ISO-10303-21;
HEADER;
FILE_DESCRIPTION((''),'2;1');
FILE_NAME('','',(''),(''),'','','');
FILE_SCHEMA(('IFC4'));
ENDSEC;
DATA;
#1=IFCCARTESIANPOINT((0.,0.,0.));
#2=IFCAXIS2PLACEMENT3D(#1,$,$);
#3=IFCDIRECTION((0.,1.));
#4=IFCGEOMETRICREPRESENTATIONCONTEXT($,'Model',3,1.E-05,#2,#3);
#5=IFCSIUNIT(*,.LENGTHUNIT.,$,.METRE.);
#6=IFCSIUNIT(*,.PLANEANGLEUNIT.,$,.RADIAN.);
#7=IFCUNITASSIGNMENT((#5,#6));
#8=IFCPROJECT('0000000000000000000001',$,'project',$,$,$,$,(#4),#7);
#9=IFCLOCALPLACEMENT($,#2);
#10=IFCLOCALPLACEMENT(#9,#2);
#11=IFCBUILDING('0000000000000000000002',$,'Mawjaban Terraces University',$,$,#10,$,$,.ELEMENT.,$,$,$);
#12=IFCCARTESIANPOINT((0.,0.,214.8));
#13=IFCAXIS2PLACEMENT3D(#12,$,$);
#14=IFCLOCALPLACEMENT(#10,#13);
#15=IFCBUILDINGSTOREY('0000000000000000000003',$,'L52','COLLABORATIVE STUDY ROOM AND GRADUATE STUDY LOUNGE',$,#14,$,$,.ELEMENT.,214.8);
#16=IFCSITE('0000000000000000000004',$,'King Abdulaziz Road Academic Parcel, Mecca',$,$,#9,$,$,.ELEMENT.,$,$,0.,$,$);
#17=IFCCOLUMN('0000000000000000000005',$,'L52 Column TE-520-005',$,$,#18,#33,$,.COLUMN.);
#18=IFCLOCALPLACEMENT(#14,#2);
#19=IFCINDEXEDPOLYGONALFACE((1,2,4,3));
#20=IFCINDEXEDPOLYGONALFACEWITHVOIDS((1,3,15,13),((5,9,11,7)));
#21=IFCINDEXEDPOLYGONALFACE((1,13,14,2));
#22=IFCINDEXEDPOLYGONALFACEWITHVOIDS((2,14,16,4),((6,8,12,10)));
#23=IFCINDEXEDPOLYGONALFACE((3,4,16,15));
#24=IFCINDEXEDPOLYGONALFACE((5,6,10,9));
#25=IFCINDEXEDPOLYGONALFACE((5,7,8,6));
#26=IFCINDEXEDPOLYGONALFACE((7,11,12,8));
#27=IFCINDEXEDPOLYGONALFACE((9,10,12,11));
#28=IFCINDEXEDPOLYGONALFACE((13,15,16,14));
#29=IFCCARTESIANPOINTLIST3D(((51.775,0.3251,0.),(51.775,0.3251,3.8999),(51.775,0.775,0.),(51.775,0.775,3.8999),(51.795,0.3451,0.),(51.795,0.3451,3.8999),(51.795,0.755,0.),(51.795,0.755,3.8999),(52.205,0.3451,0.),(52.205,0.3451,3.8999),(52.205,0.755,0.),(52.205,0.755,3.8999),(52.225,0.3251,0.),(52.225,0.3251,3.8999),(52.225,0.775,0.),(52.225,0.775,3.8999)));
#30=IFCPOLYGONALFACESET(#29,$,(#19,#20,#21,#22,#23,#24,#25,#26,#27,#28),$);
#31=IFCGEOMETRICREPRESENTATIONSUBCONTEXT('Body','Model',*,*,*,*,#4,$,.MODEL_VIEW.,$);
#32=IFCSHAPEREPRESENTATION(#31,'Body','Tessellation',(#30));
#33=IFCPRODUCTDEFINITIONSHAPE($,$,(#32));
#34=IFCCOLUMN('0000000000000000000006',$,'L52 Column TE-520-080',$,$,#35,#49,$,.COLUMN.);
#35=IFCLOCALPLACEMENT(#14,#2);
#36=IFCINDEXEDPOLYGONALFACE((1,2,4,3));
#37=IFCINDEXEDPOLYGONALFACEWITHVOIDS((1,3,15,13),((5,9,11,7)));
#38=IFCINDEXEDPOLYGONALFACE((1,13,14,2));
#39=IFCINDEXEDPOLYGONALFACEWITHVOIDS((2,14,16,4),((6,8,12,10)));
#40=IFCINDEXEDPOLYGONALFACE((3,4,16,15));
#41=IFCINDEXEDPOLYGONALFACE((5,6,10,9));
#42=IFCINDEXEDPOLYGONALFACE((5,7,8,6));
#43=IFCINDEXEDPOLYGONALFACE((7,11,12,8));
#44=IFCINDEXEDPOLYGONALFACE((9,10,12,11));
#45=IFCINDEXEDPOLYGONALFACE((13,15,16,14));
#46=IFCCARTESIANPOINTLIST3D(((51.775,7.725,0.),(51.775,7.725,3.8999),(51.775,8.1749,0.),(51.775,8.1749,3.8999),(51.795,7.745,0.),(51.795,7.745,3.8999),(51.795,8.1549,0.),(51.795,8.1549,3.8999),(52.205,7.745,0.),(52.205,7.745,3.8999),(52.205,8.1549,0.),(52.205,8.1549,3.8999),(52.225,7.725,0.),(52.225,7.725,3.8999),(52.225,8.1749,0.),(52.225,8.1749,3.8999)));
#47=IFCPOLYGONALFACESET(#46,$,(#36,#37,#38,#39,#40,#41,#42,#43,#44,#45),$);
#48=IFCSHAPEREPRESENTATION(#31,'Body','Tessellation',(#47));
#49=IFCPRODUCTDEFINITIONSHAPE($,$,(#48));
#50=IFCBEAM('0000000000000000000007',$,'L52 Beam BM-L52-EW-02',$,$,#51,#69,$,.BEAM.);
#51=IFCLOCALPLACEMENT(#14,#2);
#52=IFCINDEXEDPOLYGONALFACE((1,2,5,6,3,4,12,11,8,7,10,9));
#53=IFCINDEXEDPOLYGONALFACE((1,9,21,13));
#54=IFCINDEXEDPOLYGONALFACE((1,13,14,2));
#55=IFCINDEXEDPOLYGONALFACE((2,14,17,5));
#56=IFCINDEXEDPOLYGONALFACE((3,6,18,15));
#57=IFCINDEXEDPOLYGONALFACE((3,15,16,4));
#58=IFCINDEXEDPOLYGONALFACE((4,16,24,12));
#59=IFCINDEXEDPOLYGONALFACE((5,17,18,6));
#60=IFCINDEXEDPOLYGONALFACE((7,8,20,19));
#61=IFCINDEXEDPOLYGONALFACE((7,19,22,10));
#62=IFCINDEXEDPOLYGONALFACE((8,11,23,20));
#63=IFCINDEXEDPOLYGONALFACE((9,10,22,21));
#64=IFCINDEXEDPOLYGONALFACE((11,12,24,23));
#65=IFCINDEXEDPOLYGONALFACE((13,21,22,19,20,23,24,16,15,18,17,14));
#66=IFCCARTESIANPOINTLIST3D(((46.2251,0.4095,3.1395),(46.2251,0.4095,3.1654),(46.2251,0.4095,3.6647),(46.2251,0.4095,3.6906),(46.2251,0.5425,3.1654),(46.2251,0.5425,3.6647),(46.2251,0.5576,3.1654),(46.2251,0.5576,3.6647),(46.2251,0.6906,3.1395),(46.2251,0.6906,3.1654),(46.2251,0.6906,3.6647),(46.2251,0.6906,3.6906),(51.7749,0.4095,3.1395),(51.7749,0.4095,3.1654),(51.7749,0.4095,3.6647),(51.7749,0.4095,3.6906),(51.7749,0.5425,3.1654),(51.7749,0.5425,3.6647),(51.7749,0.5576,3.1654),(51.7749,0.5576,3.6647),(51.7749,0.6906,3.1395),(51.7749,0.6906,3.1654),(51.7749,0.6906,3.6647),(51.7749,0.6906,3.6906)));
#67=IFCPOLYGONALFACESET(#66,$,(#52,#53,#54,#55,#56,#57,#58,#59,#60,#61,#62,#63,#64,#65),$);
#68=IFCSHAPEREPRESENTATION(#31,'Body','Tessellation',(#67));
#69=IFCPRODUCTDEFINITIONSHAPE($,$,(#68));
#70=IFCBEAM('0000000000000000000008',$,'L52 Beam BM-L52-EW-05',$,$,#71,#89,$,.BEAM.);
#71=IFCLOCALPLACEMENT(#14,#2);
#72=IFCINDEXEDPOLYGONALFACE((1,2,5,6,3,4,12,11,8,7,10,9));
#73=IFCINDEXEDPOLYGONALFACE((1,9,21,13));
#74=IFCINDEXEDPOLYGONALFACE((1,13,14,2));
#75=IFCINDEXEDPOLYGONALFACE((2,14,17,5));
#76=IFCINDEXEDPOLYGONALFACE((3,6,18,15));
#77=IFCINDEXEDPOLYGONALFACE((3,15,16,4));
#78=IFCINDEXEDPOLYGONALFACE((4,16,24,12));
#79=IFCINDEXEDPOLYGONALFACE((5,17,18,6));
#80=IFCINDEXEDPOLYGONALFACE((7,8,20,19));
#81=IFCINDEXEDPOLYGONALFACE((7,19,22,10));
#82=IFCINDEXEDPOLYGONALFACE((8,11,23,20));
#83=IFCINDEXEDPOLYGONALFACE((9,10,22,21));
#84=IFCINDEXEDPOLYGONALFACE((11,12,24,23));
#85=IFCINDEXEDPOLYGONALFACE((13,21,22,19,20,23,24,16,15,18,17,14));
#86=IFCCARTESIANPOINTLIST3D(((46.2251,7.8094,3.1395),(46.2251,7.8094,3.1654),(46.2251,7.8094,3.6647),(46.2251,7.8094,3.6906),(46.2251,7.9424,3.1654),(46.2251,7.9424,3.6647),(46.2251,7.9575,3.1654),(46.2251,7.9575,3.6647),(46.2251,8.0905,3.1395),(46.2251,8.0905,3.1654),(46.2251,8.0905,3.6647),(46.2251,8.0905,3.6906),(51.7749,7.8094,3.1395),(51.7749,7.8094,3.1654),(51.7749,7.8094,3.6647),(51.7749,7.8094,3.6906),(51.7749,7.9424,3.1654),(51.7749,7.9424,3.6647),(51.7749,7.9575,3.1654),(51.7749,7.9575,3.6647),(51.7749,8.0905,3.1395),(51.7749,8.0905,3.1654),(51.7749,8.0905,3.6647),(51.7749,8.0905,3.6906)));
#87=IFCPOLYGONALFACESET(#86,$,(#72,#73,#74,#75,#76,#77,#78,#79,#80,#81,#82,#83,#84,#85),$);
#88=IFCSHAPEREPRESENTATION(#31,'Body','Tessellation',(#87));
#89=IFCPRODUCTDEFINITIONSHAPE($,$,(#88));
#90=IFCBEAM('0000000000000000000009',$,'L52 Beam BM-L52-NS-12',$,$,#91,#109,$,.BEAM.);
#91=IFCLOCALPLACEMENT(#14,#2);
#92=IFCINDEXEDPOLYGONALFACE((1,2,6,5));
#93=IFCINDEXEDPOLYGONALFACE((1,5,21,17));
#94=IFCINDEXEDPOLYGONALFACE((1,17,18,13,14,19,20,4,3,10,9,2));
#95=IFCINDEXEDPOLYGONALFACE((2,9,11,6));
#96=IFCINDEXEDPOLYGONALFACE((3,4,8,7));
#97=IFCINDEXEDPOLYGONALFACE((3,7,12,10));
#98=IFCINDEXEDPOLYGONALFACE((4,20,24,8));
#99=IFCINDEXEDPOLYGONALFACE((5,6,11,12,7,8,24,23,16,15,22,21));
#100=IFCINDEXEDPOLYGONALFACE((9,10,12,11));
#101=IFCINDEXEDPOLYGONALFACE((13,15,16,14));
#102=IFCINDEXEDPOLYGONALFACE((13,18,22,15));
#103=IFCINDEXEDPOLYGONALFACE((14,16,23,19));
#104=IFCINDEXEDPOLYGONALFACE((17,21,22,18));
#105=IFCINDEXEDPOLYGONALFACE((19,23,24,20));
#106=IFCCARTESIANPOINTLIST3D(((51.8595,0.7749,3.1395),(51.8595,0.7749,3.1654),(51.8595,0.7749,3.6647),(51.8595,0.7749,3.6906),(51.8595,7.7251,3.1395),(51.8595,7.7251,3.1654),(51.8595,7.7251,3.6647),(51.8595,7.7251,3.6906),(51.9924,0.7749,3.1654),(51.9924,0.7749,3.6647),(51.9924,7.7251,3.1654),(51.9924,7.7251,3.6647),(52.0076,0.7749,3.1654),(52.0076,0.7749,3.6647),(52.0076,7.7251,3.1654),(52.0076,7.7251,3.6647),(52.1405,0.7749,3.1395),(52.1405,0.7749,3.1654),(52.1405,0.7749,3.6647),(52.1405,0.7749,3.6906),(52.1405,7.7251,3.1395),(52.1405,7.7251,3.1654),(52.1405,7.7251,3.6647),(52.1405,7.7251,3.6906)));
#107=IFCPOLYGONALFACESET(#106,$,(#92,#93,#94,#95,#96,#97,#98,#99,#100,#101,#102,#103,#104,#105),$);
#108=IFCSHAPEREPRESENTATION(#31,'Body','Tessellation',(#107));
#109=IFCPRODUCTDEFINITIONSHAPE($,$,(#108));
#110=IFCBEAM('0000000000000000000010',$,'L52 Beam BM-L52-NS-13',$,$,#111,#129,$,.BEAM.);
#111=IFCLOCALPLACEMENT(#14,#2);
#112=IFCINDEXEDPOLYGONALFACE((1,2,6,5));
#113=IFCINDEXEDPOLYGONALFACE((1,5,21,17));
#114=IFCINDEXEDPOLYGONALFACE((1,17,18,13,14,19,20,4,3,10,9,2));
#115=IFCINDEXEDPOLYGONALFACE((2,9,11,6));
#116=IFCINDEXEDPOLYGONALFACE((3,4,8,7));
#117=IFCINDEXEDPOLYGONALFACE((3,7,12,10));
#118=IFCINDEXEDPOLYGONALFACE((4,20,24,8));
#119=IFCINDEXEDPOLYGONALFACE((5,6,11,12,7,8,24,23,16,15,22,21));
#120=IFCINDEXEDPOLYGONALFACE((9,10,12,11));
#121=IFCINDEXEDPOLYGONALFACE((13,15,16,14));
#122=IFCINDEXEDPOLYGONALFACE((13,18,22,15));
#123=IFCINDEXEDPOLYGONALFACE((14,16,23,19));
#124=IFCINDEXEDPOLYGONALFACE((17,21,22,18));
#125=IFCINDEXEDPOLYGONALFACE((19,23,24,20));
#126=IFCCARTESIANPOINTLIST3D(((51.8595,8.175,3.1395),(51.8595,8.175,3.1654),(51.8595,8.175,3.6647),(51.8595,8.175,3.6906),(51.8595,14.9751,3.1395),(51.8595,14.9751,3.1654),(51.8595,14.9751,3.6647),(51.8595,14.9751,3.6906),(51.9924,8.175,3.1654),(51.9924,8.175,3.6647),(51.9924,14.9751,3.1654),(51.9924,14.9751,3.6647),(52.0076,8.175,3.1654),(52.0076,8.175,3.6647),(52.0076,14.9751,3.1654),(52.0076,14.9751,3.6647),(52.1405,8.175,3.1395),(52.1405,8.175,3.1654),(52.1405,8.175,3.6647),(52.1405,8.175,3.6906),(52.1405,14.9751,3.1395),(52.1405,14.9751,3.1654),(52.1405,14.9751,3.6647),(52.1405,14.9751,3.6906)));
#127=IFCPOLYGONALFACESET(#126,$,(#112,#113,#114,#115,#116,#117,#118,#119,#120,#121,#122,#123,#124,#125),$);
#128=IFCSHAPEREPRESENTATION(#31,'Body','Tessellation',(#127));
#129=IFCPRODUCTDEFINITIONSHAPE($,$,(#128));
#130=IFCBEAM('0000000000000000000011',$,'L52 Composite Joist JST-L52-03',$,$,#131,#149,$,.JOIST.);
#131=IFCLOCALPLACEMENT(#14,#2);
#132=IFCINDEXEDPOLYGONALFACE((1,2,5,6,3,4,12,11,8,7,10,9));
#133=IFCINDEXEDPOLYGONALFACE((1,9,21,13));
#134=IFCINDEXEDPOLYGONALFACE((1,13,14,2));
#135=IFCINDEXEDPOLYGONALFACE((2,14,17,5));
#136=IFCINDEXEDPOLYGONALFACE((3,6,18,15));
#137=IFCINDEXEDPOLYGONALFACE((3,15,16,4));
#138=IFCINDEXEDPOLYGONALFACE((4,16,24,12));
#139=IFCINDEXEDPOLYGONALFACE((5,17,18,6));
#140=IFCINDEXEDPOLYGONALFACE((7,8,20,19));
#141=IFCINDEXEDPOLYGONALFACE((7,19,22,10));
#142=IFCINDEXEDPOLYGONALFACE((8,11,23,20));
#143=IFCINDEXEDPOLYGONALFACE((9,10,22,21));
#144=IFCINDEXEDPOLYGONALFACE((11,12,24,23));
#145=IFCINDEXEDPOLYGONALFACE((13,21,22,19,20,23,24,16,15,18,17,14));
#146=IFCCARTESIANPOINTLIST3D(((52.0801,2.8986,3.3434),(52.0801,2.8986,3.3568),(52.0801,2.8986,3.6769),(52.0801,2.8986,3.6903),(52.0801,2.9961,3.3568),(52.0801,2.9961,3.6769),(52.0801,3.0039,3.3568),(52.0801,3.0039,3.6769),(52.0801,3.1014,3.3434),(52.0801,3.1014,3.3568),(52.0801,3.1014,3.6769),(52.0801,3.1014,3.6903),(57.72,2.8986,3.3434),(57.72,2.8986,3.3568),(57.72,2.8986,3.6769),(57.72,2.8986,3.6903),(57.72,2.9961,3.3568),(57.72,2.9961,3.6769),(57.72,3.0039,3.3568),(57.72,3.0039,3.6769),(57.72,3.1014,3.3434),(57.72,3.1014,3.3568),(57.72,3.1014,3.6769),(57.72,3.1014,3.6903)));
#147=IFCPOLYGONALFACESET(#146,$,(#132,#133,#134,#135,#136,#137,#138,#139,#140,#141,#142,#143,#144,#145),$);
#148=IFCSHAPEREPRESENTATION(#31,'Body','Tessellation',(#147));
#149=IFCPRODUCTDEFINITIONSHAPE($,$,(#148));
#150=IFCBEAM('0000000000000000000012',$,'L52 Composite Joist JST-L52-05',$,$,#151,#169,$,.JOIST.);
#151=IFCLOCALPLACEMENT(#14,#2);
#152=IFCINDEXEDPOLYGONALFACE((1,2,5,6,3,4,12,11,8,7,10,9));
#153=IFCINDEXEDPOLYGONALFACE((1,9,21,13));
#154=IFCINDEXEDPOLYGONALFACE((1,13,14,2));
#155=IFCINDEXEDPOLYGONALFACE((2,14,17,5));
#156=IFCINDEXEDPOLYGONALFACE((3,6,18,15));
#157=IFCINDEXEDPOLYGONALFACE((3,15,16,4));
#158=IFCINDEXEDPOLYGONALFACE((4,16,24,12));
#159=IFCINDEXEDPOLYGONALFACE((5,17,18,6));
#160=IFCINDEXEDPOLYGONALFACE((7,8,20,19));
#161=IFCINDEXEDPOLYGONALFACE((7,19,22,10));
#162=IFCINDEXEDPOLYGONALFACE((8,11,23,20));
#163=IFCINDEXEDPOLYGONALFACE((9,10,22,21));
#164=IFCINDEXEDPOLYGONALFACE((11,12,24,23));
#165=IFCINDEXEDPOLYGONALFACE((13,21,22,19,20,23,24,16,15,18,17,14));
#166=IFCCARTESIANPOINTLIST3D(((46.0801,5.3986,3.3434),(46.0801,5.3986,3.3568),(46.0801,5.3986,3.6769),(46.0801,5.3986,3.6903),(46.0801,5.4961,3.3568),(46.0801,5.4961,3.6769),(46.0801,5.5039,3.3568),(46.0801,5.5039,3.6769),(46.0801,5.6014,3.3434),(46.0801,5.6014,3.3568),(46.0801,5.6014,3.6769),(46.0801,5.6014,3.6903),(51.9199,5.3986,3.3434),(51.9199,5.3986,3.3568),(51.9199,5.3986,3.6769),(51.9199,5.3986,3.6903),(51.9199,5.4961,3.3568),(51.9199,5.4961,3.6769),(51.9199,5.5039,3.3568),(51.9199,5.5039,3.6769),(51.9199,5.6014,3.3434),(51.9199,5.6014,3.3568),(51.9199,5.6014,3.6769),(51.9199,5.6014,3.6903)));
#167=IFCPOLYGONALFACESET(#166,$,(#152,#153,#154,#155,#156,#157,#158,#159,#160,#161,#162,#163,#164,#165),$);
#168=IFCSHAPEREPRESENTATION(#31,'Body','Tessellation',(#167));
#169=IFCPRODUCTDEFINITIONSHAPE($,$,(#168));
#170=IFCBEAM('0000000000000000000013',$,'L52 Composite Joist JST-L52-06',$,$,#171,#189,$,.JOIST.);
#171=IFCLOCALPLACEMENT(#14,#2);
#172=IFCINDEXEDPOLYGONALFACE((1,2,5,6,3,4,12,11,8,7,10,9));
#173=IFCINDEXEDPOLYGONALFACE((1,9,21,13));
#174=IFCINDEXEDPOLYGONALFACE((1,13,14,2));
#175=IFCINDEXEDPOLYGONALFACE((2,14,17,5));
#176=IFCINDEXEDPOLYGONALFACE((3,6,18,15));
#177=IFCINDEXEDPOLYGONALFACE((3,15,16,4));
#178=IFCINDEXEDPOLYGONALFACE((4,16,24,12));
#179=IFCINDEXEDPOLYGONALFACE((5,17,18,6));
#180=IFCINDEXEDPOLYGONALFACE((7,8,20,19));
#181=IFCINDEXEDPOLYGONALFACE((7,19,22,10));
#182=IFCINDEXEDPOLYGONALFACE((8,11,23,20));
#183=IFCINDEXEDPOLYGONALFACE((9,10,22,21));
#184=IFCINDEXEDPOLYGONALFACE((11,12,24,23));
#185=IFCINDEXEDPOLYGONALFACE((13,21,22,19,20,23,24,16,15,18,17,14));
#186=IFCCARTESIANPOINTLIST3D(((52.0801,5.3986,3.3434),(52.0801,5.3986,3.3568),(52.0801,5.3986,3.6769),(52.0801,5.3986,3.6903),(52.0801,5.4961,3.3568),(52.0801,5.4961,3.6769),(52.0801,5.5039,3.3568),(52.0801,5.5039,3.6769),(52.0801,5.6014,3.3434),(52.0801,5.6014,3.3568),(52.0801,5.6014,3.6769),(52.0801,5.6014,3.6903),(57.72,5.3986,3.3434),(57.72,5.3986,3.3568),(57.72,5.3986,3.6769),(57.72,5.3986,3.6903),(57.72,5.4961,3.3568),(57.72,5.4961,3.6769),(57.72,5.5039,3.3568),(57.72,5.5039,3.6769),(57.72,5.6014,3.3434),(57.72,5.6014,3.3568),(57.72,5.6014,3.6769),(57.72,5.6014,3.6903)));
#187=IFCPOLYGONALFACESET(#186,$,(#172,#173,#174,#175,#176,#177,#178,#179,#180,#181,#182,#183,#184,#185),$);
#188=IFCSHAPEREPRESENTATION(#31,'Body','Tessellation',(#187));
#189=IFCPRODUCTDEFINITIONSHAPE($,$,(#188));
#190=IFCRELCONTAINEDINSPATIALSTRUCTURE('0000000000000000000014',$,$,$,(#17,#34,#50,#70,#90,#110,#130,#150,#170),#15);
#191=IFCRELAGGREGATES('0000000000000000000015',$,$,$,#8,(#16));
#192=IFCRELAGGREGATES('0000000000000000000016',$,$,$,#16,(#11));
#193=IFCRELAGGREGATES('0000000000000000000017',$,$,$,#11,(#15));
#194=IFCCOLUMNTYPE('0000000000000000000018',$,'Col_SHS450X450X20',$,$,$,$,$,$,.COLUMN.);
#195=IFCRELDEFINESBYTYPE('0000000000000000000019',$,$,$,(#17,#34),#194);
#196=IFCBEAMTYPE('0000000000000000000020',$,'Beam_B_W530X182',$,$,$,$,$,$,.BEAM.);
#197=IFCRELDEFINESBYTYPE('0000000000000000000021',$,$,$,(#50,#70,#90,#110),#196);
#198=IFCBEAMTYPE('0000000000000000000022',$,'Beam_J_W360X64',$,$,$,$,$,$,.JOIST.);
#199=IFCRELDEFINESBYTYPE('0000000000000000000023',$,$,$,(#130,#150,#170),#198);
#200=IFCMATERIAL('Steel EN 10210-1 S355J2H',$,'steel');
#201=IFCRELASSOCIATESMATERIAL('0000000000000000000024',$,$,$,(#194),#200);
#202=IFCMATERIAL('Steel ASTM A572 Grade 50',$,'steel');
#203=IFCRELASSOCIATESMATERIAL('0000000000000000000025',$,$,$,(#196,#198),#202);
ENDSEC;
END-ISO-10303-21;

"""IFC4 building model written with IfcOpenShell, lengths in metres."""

from ifc_helpers import new_model, si_unit, direction, frame, origin, origin_2d, place, context, subcontext, project, spatial, hollow_rectangle, i_section, extrude, material, material_profile, profile_set, type_object, element, save


model = new_model("IFC4")

# Units and contexts
model_context = context("Model", 3, precision=1e-05, world=origin(), true_north=direction((0.0, 1.0)))
body_context = subcontext(model_context, "Body", "Model", "MODEL_VIEW")
ifc_project = project(units=[si_unit("LENGTHUNIT", "METRE"), si_unit("PLANEANGLEUNIT", "RADIAN")], contexts=[model_context])

# Site, building, storey
site_placement = place(None, origin())
site = spatial("IfcSite", under=ifc_project, at=site_placement, Name="King Abdulaziz Road Academic Parcel, Mecca", CompositionType="ELEMENT", RefElevation=0.0)
building_placement = place(site_placement, origin())
building = spatial("IfcBuilding", under=site, at=building_placement, Name="Mawjaban Terraces University", CompositionType="ELEMENT")
storey_placement = place(building_placement, frame((0.0, 0.0, 214.8)))
storey = spatial("IfcBuildingStorey", under=building, at=storey_placement, Name="L52", Description="COLLABORATIVE STUDY ROOM AND GRADUATE STUDY LOUNGE", CompositionType="ELEMENT", Elevation=214.8)

# Columns
ifc_material_1 = material(Name="Steel EN 10210-1 S355J2H", Category="steel")
ifc_material_profile_1 = material_profile(ifc_material_1, hollow_rectangle(XDim=0.45, YDim=0.45, WallThickness=0.02, at=origin_2d()), Name="SHS450X450X20")
ifc_profile_set_1 = profile_set([ifc_material_profile_1], Name="Steel EN 10210-1 S355J2H")
column_type = type_object("IfcColumnType", Name="Col_SHS450X450X20", PredefinedType="COLUMN", material=ifc_profile_set_1)
for number, where, z_axis, x_axis, name in (
    (1, (52.0, 0.55, 0.0), (0.0, 0.0, 1.0), (1.0, 0.0, 0.0), "L52 Column TE-520-005"),
    (2, (52.0, 7.95, 0.0), (0.0, 0.0, 1.0), (1.0, 0.0, 0.0), "L52 Column TE-520-080"),
):
    element("IfcColumn", number, at=place(storey_placement, frame(where, z_axis=z_axis, x_axis=x_axis)), inside=storey, type_object=column_type, Name=name, PredefinedType="COLUMN", context=body_context, shape_type="SweptSolid", body=[
        extrude(hollow_rectangle(XDim=0.45, YDim=0.45, WallThickness=0.02, at=origin_2d()), origin(), (0.0, 0.0, 1.0), 3.8999),
    ])

# Beams
ifc_material_2 = material(Name="Steel ASTM A572 Grade 50", Category="steel")
ifc_material_profile_2 = material_profile(ifc_material_2, i_section(OverallWidth=0.281, OverallDepth=0.551, WebThickness=0.0151, FlangeThickness=0.0259, at=origin_2d()), Name="W530X182")
ifc_profile_set_2 = profile_set([ifc_material_profile_2], Name="Steel ASTM A572 Grade 50")
beam_type_1 = type_object("IfcBeamType", Name="Beam_B_W530X182", PredefinedType="BEAM", material=ifc_profile_set_2)
for number, where, z_axis, x_axis, name in (
    (3, (46.2251, 0.55, 3.415), (1.0, 0.0, 0.0), (0.0, 1.0, 0.0), "L52 Beam BM-L52-EW-02"),
    (4, (46.2251, 7.95, 3.415), (1.0, 0.0, 0.0), (0.0, 1.0, 0.0), "L52 Beam BM-L52-EW-05"),
):
    element("IfcBeam", number, at=place(storey_placement, frame(where, z_axis=z_axis, x_axis=x_axis)), inside=storey, type_object=beam_type_1, Name=name, PredefinedType="BEAM", context=body_context, shape_type="SweptSolid", body=[
        extrude(i_section(OverallWidth=0.281, OverallDepth=0.551, WebThickness=0.0151, FlangeThickness=0.0259, at=origin_2d()), origin(), (0.0, 0.0, 1.0), 5.5498),
    ])
beam_1_placement = place(storey_placement, frame((52.0, 0.7749, 3.415), z_axis=(0.0, 1.0, 0.0), x_axis=(-1.0, 0.0, 0.0)))
element("IfcBeam", 5, at=beam_1_placement, inside=storey, type_object=beam_type_1, Name="L52 Beam BM-L52-NS-12", PredefinedType="BEAM", context=body_context, shape_type="SweptSolid", body=[
    extrude(i_section(OverallWidth=0.281, OverallDepth=0.551, WebThickness=0.0151, FlangeThickness=0.0259, at=origin_2d()), origin(), (0.0, 0.0, 1.0), 6.9502),
])
beam_2_placement = place(storey_placement, frame((52.0, 8.175, 3.415), z_axis=(0.0, 1.0, 0.0), x_axis=(-1.0, 0.0, 0.0)))
element("IfcBeam", 6, at=beam_2_placement, inside=storey, type_object=beam_type_1, Name="L52 Beam BM-L52-NS-13", PredefinedType="BEAM", context=body_context, shape_type="SweptSolid", body=[
    extrude(i_section(OverallWidth=0.281, OverallDepth=0.551, WebThickness=0.0151, FlangeThickness=0.0259, at=origin_2d()), origin(), (0.0, 0.0, 1.0), 6.8),
])
ifc_material_profile_3 = material_profile(ifc_material_2, i_section(OverallWidth=0.2029, OverallDepth=0.3469, WebThickness=0.0078, FlangeThickness=0.0134, at=origin_2d()), Name="W360X64")
ifc_profile_set_3 = profile_set([ifc_material_profile_3], Name="Steel ASTM A572 Grade 50")
beam_type_2 = type_object("IfcBeamType", Name="Beam_J_W360X64", PredefinedType="JOIST", material=ifc_profile_set_3)
beam_3_placement = place(storey_placement, frame((52.0801, 3.0, 3.5168), z_axis=(1.0, 0.0, 0.0), x_axis=(0.0, 1.0, 0.0)))
element("IfcBeam", 7, at=beam_3_placement, inside=storey, type_object=beam_type_2, Name="L52 Composite Joist JST-L52-03", PredefinedType="JOIST", context=body_context, shape_type="SweptSolid", body=[
    extrude(i_section(OverallWidth=0.2029, OverallDepth=0.3469, WebThickness=0.0078, FlangeThickness=0.0134, at=origin_2d()), origin(), (0.0, 0.0, 1.0), 5.6399),
])
beam_4_placement = place(storey_placement, frame((46.0801, 5.5, 3.5168), z_axis=(1.0, 0.0, 0.0), x_axis=(0.0, 1.0, 0.0)))
element("IfcBeam", 8, at=beam_4_placement, inside=storey, type_object=beam_type_2, Name="L52 Composite Joist JST-L52-05", PredefinedType="JOIST", context=body_context, shape_type="SweptSolid", body=[
    extrude(i_section(OverallWidth=0.2029, OverallDepth=0.3469, WebThickness=0.0078, FlangeThickness=0.0134, at=origin_2d()), origin(), (0.0, 0.0, 1.0), 5.8398),
])
beam_5_placement = place(storey_placement, frame((52.0801, 5.5, 3.5168), z_axis=(1.0, 0.0, 0.0), x_axis=(0.0, 1.0, 0.0)))
element("IfcBeam", 9, at=beam_5_placement, inside=storey, type_object=beam_type_2, Name="L52 Composite Joist JST-L52-06", PredefinedType="JOIST", context=body_context, shape_type="SweptSolid", body=[
    extrude(i_section(OverallWidth=0.2029, OverallDepth=0.3469, WebThickness=0.0078, FlangeThickness=0.0134, at=origin_2d()), origin(), (0.0, 0.0, 1.0), 5.6399),
])

save(model, "model.ifc")
